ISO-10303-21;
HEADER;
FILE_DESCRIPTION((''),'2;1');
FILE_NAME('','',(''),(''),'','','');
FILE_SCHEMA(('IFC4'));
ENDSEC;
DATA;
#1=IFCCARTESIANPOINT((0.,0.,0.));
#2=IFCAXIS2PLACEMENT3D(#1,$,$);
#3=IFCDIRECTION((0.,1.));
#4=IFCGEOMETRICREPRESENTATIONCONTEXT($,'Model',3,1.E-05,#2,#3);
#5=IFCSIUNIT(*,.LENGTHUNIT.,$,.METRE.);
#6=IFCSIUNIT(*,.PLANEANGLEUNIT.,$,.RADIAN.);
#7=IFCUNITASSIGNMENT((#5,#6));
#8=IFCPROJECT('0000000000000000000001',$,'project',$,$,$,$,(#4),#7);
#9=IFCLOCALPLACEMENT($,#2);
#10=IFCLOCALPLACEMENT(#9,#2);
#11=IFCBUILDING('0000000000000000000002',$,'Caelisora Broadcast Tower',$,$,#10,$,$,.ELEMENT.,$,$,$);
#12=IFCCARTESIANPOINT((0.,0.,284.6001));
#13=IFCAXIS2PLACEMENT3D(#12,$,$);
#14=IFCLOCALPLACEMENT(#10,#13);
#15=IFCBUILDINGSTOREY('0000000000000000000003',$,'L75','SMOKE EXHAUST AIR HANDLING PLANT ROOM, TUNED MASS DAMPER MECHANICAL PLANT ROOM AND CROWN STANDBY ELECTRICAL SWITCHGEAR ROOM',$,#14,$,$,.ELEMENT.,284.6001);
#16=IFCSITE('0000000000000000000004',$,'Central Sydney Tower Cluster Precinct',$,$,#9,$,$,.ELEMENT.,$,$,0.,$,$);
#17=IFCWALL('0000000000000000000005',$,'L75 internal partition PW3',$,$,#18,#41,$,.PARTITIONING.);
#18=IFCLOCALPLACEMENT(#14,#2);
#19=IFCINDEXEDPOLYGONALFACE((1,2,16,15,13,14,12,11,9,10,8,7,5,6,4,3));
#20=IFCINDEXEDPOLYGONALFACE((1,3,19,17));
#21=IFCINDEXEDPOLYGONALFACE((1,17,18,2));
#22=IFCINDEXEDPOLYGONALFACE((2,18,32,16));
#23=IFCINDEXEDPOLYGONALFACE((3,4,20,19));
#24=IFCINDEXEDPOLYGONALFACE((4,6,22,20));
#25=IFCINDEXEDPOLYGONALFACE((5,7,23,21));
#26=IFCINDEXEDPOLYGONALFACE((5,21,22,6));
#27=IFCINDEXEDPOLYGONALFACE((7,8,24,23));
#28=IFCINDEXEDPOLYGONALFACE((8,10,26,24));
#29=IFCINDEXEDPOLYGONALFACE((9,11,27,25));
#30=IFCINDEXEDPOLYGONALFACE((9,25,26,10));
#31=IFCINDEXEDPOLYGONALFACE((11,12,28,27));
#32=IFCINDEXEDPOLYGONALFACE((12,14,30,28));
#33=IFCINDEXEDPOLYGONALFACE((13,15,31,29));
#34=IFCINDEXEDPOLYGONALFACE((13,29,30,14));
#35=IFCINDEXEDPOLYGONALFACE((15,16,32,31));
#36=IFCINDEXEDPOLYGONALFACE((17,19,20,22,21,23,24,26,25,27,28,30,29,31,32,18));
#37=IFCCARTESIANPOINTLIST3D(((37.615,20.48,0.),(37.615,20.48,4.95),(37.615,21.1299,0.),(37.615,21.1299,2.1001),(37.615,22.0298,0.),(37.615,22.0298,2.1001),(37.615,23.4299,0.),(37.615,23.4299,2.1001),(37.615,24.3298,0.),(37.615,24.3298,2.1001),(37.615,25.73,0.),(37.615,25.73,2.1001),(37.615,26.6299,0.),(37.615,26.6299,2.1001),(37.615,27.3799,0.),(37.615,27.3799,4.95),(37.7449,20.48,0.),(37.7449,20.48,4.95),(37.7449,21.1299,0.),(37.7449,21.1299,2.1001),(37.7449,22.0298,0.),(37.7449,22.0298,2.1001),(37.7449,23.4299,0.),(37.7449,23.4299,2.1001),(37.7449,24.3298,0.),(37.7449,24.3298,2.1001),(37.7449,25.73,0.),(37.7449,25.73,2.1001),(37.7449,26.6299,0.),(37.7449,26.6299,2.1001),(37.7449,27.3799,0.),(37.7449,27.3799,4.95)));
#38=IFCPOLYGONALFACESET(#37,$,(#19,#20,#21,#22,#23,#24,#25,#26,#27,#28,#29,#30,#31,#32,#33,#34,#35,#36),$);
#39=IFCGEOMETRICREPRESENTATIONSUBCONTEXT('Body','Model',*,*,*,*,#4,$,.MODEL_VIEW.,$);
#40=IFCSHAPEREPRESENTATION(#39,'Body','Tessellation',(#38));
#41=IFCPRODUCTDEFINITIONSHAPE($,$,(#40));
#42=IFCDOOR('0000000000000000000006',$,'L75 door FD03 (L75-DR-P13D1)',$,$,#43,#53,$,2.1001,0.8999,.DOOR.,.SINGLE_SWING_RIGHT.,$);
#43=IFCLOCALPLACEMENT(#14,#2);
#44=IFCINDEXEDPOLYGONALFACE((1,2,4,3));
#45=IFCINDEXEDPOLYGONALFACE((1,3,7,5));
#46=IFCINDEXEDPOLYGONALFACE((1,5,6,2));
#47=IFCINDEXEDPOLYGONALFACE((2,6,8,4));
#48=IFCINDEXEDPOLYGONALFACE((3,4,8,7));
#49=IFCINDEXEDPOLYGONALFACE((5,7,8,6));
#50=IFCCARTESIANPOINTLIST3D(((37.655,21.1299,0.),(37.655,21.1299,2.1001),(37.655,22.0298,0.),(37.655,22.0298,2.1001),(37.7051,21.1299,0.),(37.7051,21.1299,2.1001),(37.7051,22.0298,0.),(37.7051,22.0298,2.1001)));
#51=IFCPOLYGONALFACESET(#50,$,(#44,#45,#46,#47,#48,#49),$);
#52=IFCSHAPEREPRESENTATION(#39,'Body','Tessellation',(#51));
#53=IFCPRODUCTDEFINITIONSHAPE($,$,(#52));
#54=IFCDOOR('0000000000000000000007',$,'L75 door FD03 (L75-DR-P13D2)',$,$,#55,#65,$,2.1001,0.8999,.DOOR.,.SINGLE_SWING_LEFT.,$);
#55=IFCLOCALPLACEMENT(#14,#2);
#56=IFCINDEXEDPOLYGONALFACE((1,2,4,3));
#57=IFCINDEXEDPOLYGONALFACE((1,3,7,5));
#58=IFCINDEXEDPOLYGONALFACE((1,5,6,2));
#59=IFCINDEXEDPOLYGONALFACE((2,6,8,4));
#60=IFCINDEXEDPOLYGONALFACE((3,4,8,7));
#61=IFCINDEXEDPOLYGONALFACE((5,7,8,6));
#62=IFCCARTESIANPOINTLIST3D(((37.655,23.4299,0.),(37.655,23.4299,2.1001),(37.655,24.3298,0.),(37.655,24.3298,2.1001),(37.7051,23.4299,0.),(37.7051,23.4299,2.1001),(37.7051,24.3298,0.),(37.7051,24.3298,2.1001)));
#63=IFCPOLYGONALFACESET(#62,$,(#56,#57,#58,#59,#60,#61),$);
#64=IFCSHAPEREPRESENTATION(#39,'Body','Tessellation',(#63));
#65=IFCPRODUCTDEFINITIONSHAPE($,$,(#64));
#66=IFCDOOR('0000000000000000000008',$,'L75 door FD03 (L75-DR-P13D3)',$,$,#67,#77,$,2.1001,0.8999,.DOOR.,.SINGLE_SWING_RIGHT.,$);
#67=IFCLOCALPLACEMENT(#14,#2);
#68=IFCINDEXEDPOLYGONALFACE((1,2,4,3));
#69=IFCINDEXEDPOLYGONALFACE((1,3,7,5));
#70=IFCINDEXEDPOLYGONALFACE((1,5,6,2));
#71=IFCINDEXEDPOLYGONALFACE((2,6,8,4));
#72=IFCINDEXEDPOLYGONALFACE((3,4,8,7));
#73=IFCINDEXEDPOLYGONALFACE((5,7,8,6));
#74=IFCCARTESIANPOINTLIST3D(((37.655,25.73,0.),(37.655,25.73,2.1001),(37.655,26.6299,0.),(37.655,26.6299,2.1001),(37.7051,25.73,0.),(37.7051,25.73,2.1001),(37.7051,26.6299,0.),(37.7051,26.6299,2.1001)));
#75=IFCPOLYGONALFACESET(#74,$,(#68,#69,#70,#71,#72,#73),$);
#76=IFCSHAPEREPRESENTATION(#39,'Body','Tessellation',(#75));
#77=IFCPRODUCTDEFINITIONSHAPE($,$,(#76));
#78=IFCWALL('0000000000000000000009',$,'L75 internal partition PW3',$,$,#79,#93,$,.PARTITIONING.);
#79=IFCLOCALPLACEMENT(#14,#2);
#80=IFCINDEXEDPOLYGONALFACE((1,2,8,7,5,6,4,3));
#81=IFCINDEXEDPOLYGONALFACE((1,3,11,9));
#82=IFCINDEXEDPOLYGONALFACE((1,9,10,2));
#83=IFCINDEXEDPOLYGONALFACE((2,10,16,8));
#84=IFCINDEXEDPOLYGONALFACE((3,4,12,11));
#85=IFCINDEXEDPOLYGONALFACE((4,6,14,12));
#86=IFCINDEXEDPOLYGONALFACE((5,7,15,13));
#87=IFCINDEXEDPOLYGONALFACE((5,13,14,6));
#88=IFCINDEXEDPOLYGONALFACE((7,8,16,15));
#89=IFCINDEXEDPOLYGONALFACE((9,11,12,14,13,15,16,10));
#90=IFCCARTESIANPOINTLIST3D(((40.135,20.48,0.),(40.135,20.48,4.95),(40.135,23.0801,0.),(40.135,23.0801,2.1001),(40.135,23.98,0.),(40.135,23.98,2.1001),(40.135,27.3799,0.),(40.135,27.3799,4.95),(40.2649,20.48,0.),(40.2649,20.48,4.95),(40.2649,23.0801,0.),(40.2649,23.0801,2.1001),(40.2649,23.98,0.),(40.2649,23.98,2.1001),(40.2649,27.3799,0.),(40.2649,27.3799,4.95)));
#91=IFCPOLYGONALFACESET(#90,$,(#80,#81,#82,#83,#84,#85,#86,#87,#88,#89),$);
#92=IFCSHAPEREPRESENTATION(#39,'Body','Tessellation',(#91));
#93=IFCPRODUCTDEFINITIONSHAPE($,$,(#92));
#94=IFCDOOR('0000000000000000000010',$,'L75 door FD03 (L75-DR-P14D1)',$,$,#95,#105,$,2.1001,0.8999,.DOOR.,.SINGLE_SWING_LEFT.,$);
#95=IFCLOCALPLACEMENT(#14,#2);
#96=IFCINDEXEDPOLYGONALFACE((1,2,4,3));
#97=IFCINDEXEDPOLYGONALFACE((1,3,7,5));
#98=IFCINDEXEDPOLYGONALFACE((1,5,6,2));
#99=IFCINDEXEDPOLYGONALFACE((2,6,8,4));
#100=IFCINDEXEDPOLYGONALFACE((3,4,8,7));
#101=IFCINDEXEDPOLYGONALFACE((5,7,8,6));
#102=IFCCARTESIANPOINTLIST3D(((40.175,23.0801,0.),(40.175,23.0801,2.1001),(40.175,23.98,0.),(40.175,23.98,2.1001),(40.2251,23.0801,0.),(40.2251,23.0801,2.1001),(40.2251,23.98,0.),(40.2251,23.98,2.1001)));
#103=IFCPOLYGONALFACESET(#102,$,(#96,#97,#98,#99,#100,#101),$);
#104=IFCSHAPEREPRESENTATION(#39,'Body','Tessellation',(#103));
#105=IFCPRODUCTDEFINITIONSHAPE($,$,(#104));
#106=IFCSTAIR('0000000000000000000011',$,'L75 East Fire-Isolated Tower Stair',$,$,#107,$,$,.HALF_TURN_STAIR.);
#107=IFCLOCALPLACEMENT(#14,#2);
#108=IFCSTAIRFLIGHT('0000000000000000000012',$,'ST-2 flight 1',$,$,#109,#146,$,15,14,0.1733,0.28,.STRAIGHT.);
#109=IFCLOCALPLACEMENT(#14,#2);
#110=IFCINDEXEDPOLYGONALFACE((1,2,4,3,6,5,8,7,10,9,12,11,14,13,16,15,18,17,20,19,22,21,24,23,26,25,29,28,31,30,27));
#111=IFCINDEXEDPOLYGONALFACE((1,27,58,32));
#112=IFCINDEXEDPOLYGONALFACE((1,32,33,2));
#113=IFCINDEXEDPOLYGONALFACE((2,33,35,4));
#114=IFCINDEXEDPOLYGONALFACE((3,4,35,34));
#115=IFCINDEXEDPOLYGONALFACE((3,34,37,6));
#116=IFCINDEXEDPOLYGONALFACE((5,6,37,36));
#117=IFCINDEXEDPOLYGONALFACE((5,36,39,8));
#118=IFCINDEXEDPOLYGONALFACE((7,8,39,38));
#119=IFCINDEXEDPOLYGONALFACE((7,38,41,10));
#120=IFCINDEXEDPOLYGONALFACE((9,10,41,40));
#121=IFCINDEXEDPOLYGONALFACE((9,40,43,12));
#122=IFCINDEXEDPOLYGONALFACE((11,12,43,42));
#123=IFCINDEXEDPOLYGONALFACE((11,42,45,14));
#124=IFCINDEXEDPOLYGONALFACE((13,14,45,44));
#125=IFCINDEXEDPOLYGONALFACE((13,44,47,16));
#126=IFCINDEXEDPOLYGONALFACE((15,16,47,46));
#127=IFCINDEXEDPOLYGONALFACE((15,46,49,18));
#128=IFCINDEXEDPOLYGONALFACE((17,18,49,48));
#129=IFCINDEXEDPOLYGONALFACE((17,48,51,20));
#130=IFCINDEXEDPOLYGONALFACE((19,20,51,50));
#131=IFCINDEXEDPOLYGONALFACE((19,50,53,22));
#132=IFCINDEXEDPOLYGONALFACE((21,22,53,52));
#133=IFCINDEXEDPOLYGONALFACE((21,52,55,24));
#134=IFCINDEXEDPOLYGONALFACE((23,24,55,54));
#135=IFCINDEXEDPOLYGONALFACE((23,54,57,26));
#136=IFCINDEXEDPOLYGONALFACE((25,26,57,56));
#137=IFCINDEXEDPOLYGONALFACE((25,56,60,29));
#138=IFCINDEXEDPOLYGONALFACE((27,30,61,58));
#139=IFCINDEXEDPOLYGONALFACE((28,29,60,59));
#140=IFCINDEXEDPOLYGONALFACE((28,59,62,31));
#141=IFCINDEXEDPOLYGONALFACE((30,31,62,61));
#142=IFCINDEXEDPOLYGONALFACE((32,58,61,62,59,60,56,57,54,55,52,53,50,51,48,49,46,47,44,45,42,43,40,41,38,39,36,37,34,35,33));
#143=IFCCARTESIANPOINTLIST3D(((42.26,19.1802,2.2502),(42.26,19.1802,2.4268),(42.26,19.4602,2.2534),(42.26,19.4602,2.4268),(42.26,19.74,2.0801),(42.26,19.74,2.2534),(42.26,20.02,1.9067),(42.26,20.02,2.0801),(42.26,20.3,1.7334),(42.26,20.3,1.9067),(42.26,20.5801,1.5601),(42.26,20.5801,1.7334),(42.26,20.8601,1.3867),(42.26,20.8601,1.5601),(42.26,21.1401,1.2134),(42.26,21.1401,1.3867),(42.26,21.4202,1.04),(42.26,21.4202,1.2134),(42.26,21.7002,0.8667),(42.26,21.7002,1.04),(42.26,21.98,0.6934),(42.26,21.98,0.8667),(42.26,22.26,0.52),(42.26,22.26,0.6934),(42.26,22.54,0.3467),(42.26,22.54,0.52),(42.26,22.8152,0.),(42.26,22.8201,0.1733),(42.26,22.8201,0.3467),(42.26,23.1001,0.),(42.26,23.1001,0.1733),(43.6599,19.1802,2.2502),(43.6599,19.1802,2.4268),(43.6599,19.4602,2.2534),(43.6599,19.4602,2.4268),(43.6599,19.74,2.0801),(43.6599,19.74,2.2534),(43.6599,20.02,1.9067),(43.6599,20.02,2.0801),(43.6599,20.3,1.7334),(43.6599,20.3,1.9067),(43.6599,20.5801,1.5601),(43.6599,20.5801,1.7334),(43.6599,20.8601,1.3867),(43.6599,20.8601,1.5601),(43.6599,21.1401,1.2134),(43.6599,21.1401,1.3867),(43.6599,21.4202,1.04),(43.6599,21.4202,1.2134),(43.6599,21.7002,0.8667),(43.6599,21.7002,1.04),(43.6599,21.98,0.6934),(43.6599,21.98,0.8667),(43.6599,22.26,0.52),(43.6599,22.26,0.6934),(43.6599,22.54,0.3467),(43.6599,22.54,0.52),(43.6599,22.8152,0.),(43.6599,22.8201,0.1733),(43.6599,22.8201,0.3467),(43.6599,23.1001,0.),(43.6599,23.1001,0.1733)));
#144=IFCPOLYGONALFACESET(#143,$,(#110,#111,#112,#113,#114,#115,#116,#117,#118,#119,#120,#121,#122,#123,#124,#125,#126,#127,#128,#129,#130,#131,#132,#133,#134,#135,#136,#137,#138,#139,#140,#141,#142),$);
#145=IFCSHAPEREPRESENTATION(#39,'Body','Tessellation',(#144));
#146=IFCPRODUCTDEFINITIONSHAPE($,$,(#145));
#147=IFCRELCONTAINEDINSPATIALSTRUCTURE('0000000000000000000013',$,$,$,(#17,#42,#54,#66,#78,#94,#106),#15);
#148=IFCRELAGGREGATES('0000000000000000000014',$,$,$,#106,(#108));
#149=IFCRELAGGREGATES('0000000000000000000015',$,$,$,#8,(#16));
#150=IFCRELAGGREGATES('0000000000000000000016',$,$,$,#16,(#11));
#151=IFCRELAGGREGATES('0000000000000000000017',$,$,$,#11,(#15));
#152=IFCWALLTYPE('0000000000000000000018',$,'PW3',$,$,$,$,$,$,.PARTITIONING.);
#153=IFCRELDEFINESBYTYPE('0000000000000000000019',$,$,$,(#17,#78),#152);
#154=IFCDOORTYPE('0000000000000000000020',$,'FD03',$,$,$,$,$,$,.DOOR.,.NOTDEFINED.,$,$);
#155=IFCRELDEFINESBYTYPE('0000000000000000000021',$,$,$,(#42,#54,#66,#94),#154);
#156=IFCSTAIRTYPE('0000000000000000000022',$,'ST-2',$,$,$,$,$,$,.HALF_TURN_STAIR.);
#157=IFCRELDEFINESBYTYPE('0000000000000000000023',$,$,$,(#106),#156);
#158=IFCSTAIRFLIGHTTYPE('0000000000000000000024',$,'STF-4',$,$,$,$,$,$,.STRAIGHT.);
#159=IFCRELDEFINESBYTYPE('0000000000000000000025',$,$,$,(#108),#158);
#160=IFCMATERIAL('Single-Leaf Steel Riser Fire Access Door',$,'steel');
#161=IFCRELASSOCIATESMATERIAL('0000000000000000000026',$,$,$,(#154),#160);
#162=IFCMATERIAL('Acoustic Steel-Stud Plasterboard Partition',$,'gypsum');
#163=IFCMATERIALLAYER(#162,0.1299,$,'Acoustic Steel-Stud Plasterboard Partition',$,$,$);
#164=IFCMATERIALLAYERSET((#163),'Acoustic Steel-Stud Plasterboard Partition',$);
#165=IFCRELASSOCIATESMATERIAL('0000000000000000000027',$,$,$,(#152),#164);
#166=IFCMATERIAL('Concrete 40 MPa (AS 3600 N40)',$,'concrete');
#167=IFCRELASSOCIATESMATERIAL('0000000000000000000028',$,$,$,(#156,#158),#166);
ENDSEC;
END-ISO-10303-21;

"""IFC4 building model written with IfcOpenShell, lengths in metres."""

from ifc_helpers import new_model, si_unit, direction, frame, frame_2d, origin, place, context, subcontext, project, spatial, polyline, rectangle, outline, extrude, material, layer, layer_set, type_object, element, fill, aggregate, save


model = new_model("IFC4")

# Units and contexts
model_context = context("Model", 3, precision=1e-05, world=origin(), true_north=direction((0.0, 1.0)))
body_context = subcontext(model_context, "Body", "Model", "MODEL_VIEW")
ifc_project = project(units=[si_unit("LENGTHUNIT", "METRE"), si_unit("PLANEANGLEUNIT", "RADIAN")], contexts=[model_context])

# Site, building, storey
site_placement = place(None, origin())
site = spatial("IfcSite", under=ifc_project, at=site_placement, Name="Central Sydney Tower Cluster Precinct", CompositionType="ELEMENT", RefElevation=0.0)
building_placement = place(site_placement, origin())
building = spatial("IfcBuilding", under=site, at=building_placement, Name="Caelisora Broadcast Tower", CompositionType="ELEMENT")
storey_placement = place(building_placement, frame((0.0, 0.0, 284.6001)))
storey = spatial("IfcBuildingStorey", under=building, at=storey_placement, Name="L75", Description="SMOKE EXHAUST AIR HANDLING PLANT ROOM, TUNED MASS DAMPER MECHANICAL PLANT ROOM AND CROWN STANDBY ELECTRICAL SWITCHGEAR ROOM", CompositionType="ELEMENT", Elevation=284.6001)

# Shared definitions
ifc_material_1 = material(Name="Concrete 40 MPa (AS 3600 N40)", Category="concrete")

# Shared definitions
ifc_material_2 = material(Name="Single-Leaf Steel Riser Fire Access Door", Category="steel")
door_type = type_object("IfcDoorType", Name="FD03", OperationType="NOTDEFINED", PredefinedType="DOOR", material=ifc_material_2)

# Wall, openings, doors
ifc_material_3 = material(Name="Acoustic Steel-Stud Plasterboard Partition", Category="gypsum")
ifc_layer_1 = layer(ifc_material_3, 0.1299, Name="Acoustic Steel-Stud Plasterboard Partition")
ifc_layer_set_1 = layer_set([ifc_layer_1], Name="Acoustic Steel-Stud Plasterboard Partition")
wall_type_1 = type_object("IfcWallType", Name="PW3", PredefinedType="PARTITIONING", material=ifc_layer_set_1)
wall_1_placement = place(storey_placement, frame((37.6799, 20.48, 0.0), z_axis=(0.0, 0.0, 1.0), x_axis=(0.0, 1.0, 0.0)))
wall_1 = element("IfcWall", 1, at=wall_1_placement, inside=storey, type_object=wall_type_1, Name="L75 internal partition PW3", PredefinedType="PARTITIONING", context=body_context, shape_type="SweptSolid", body=[
    extrude(rectangle(XDim=6.8999, YDim=0.1299, at=frame_2d((3.45, 0.0))), origin(), (0.0, 0.0, 1.0), 4.95),
])
opening_1_placement = place(wall_1_placement, frame((0.6499, 0.0, 0.0)))
opening_1 = element("IfcOpeningElement", 2, at=opening_1_placement, cuts=wall_1, PredefinedType="OPENING", context=body_context, shape_type="SweptSolid", body=[
    extrude(rectangle(XDim=0.8999, YDim=2.1001, at=frame_2d((0.45, 1.05))), frame((0.0, 0.0769, 0.0), z_axis=(0.0, -1.0, 0.0), x_axis=(1.0, 0.0, 0.0)), (0.0, 0.0, 1.0), 0.1538),
])
opening_2_placement = place(wall_1_placement, frame((2.95, 0.0, 0.0)))
opening_2 = element("IfcOpeningElement", 3, at=opening_2_placement, cuts=wall_1, PredefinedType="OPENING", context=body_context, shape_type="SweptSolid", body=[
    extrude(rectangle(XDim=0.8999, YDim=2.1001, at=frame_2d((0.45, 1.05))), frame((0.0, 0.0769, 0.0), z_axis=(0.0, -1.0, 0.0), x_axis=(1.0, 0.0, 0.0)), (0.0, 0.0, 1.0), 0.1538),
])
opening_3_placement = place(wall_1_placement, frame((5.25, 0.0, 0.0)))
opening_3 = element("IfcOpeningElement", 4, at=opening_3_placement, cuts=wall_1, PredefinedType="OPENING", context=body_context, shape_type="SweptSolid", body=[
    extrude(rectangle(XDim=0.8999, YDim=2.1001, at=frame_2d((0.45, 1.05))), frame((0.0, 0.0769, 0.0), z_axis=(0.0, -1.0, 0.0), x_axis=(1.0, 0.0, 0.0)), (0.0, 0.0, 1.0), 0.1538),
])
door_1_placement = place(opening_1_placement, origin())
door_1 = element("IfcDoor", 5, at=door_1_placement, inside=storey, type_object=door_type, Name="L75 door FD03 (L75-DR-P13D1)", OperationType="SINGLE_SWING_RIGHT", OverallHeight=2.1001, OverallWidth=0.8999, PredefinedType="DOOR", context=body_context, shape_type="SweptSolid", body=[
    extrude(rectangle(XDim=0.8999, YDim=2.1001, at=frame_2d((0.45, 1.05))), frame((0.0, 0.0249, 0.0), z_axis=(0.0, -1.0, 0.0), x_axis=(1.0, 0.0, 0.0)), (0.0, 0.0, 1.0), 0.05),
])
fill(opening_1, door_1)
door_2_placement = place(opening_2_placement, origin())
door_2 = element("IfcDoor", 6, at=door_2_placement, inside=storey, type_object=door_type, Name="L75 door FD03 (L75-DR-P13D2)", OperationType="SINGLE_SWING_LEFT", OverallHeight=2.1001, OverallWidth=0.8999, PredefinedType="DOOR", context=body_context, shape_type="SweptSolid", body=[
    extrude(rectangle(XDim=0.8999, YDim=2.1001, at=frame_2d((0.45, 1.05))), frame((0.0, 0.0249, 0.0), z_axis=(0.0, -1.0, 0.0), x_axis=(1.0, 0.0, 0.0)), (0.0, 0.0, 1.0), 0.05),
])
fill(opening_2, door_2)
door_3_placement = place(opening_3_placement, origin())
door_3 = element("IfcDoor", 7, at=door_3_placement, inside=storey, type_object=door_type, Name="L75 door FD03 (L75-DR-P13D3)", OperationType="SINGLE_SWING_RIGHT", OverallHeight=2.1001, OverallWidth=0.8999, PredefinedType="DOOR", context=body_context, shape_type="SweptSolid", body=[
    extrude(rectangle(XDim=0.8999, YDim=2.1001, at=frame_2d((0.45, 1.05))), frame((0.0, 0.0249, 0.0), z_axis=(0.0, -1.0, 0.0), x_axis=(1.0, 0.0, 0.0)), (0.0, 0.0, 1.0), 0.05),
])
fill(opening_3, door_3)

# Wall, opening, door
wall_2_placement = place(storey_placement, frame((40.2, 20.48, 0.0), z_axis=(0.0, 0.0, 1.0), x_axis=(0.0, 1.0, 0.0)))
wall_2 = element("IfcWall", 8, at=wall_2_placement, inside=storey, type_object=wall_type_1, Name="L75 internal partition PW3", PredefinedType="PARTITIONING", context=body_context, shape_type="SweptSolid", body=[
    extrude(rectangle(XDim=6.8999, YDim=0.1299, at=frame_2d((3.45, 0.0))), origin(), (0.0, 0.0, 1.0), 4.95),
])
opening_4_placement = place(wall_2_placement, frame((2.6001, 0.0, 0.0)))
opening_4 = element("IfcOpeningElement", 9, at=opening_4_placement, cuts=wall_2, PredefinedType="OPENING", context=body_context, shape_type="SweptSolid", body=[
    extrude(rectangle(XDim=0.8999, YDim=2.1001, at=frame_2d((0.45, 1.05))), frame((0.0, 0.0769, 0.0), z_axis=(0.0, -1.0, 0.0), x_axis=(1.0, 0.0, 0.0)), (0.0, 0.0, 1.0), 0.1538),
])
door_4_placement = place(opening_4_placement, origin())
door_4 = element("IfcDoor", 10, at=door_4_placement, inside=storey, type_object=door_type, Name="L75 door FD03 (L75-DR-P14D1)", OperationType="SINGLE_SWING_LEFT", OverallHeight=2.1001, OverallWidth=0.8999, PredefinedType="DOOR", context=body_context, shape_type="SweptSolid", body=[
    extrude(rectangle(XDim=0.8999, YDim=2.1001, at=frame_2d((0.45, 1.05))), frame((0.0, 0.0249, 0.0), z_axis=(0.0, -1.0, 0.0), x_axis=(1.0, 0.0, 0.0)), (0.0, 0.0, 1.0), 0.05),
])
fill(opening_4, door_4)

# Stair, stair flight
stair_type = type_object("IfcStairType", Name="ST-2", PredefinedType="HALF_TURN_STAIR", material=ifc_material_1)
stair_placement = place(storey_placement, origin())
stair = element("IfcStair", 11, at=stair_placement, inside=storey, type_object=stair_type, Name="L75 East Fire-Isolated Tower Stair", PredefinedType="HALF_TURN_STAIR")
stair_flight_type = type_object("IfcStairFlightType", Name="STF-4", PredefinedType="STRAIGHT", material=ifc_material_1)
stair_flight_placement = place(storey_placement, frame((42.96, 23.1001, 0.0), z_axis=(0.0, 0.0, 1.0), x_axis=(0.0, -1.0, 0.0)))
stair_flight = element("IfcStairFlight", 12, at=stair_flight_placement, type_object=stair_flight_type, Name="ST-2 flight 1", NumberOfRisers=15, NumberOfTreads=14, PredefinedType="STRAIGHT", RiserHeight=0.1733, TreadLength=0.28, context=body_context, shape_type="SweptSolid", body=[
    extrude(outline(polyline([(0.0, 0.0), (0.0, 0.1733), (0.28, 0.1733), (0.28, 0.3467), (0.5601, 0.3467), (0.5601, 0.52), (0.8401, 0.52), (0.8401, 0.6934), (1.1201, 0.6934), (1.1201, 0.8667), (1.3999, 0.8667), (1.3999, 1.04), (1.6799, 1.04), (1.6799, 1.2134), (1.96, 1.2134), (1.96, 1.3867), (2.24, 1.3867), (2.24, 1.5601), (2.52, 1.5601), (2.52, 1.7334), (2.8, 1.7334), (2.8, 1.9067), (3.0801, 1.9067), (3.0801, 2.0801), (3.3601, 2.0801), (3.3601, 2.2534), (3.6399, 2.2534), (3.6399, 2.4268), (3.9199, 2.4268), (3.9199, 2.6001), (3.9199, 2.2502), (0.2849, 0.0), (0.0, 0.0)])), frame((0.0, 0.7, 0.0), z_axis=(0.0, -1.0, 0.0), x_axis=(1.0, 0.0, 0.0)), (0.0, 0.0, 1.0), 1.3999),
])
aggregate(stair, [stair_flight])

save(model, "model.ifc")
